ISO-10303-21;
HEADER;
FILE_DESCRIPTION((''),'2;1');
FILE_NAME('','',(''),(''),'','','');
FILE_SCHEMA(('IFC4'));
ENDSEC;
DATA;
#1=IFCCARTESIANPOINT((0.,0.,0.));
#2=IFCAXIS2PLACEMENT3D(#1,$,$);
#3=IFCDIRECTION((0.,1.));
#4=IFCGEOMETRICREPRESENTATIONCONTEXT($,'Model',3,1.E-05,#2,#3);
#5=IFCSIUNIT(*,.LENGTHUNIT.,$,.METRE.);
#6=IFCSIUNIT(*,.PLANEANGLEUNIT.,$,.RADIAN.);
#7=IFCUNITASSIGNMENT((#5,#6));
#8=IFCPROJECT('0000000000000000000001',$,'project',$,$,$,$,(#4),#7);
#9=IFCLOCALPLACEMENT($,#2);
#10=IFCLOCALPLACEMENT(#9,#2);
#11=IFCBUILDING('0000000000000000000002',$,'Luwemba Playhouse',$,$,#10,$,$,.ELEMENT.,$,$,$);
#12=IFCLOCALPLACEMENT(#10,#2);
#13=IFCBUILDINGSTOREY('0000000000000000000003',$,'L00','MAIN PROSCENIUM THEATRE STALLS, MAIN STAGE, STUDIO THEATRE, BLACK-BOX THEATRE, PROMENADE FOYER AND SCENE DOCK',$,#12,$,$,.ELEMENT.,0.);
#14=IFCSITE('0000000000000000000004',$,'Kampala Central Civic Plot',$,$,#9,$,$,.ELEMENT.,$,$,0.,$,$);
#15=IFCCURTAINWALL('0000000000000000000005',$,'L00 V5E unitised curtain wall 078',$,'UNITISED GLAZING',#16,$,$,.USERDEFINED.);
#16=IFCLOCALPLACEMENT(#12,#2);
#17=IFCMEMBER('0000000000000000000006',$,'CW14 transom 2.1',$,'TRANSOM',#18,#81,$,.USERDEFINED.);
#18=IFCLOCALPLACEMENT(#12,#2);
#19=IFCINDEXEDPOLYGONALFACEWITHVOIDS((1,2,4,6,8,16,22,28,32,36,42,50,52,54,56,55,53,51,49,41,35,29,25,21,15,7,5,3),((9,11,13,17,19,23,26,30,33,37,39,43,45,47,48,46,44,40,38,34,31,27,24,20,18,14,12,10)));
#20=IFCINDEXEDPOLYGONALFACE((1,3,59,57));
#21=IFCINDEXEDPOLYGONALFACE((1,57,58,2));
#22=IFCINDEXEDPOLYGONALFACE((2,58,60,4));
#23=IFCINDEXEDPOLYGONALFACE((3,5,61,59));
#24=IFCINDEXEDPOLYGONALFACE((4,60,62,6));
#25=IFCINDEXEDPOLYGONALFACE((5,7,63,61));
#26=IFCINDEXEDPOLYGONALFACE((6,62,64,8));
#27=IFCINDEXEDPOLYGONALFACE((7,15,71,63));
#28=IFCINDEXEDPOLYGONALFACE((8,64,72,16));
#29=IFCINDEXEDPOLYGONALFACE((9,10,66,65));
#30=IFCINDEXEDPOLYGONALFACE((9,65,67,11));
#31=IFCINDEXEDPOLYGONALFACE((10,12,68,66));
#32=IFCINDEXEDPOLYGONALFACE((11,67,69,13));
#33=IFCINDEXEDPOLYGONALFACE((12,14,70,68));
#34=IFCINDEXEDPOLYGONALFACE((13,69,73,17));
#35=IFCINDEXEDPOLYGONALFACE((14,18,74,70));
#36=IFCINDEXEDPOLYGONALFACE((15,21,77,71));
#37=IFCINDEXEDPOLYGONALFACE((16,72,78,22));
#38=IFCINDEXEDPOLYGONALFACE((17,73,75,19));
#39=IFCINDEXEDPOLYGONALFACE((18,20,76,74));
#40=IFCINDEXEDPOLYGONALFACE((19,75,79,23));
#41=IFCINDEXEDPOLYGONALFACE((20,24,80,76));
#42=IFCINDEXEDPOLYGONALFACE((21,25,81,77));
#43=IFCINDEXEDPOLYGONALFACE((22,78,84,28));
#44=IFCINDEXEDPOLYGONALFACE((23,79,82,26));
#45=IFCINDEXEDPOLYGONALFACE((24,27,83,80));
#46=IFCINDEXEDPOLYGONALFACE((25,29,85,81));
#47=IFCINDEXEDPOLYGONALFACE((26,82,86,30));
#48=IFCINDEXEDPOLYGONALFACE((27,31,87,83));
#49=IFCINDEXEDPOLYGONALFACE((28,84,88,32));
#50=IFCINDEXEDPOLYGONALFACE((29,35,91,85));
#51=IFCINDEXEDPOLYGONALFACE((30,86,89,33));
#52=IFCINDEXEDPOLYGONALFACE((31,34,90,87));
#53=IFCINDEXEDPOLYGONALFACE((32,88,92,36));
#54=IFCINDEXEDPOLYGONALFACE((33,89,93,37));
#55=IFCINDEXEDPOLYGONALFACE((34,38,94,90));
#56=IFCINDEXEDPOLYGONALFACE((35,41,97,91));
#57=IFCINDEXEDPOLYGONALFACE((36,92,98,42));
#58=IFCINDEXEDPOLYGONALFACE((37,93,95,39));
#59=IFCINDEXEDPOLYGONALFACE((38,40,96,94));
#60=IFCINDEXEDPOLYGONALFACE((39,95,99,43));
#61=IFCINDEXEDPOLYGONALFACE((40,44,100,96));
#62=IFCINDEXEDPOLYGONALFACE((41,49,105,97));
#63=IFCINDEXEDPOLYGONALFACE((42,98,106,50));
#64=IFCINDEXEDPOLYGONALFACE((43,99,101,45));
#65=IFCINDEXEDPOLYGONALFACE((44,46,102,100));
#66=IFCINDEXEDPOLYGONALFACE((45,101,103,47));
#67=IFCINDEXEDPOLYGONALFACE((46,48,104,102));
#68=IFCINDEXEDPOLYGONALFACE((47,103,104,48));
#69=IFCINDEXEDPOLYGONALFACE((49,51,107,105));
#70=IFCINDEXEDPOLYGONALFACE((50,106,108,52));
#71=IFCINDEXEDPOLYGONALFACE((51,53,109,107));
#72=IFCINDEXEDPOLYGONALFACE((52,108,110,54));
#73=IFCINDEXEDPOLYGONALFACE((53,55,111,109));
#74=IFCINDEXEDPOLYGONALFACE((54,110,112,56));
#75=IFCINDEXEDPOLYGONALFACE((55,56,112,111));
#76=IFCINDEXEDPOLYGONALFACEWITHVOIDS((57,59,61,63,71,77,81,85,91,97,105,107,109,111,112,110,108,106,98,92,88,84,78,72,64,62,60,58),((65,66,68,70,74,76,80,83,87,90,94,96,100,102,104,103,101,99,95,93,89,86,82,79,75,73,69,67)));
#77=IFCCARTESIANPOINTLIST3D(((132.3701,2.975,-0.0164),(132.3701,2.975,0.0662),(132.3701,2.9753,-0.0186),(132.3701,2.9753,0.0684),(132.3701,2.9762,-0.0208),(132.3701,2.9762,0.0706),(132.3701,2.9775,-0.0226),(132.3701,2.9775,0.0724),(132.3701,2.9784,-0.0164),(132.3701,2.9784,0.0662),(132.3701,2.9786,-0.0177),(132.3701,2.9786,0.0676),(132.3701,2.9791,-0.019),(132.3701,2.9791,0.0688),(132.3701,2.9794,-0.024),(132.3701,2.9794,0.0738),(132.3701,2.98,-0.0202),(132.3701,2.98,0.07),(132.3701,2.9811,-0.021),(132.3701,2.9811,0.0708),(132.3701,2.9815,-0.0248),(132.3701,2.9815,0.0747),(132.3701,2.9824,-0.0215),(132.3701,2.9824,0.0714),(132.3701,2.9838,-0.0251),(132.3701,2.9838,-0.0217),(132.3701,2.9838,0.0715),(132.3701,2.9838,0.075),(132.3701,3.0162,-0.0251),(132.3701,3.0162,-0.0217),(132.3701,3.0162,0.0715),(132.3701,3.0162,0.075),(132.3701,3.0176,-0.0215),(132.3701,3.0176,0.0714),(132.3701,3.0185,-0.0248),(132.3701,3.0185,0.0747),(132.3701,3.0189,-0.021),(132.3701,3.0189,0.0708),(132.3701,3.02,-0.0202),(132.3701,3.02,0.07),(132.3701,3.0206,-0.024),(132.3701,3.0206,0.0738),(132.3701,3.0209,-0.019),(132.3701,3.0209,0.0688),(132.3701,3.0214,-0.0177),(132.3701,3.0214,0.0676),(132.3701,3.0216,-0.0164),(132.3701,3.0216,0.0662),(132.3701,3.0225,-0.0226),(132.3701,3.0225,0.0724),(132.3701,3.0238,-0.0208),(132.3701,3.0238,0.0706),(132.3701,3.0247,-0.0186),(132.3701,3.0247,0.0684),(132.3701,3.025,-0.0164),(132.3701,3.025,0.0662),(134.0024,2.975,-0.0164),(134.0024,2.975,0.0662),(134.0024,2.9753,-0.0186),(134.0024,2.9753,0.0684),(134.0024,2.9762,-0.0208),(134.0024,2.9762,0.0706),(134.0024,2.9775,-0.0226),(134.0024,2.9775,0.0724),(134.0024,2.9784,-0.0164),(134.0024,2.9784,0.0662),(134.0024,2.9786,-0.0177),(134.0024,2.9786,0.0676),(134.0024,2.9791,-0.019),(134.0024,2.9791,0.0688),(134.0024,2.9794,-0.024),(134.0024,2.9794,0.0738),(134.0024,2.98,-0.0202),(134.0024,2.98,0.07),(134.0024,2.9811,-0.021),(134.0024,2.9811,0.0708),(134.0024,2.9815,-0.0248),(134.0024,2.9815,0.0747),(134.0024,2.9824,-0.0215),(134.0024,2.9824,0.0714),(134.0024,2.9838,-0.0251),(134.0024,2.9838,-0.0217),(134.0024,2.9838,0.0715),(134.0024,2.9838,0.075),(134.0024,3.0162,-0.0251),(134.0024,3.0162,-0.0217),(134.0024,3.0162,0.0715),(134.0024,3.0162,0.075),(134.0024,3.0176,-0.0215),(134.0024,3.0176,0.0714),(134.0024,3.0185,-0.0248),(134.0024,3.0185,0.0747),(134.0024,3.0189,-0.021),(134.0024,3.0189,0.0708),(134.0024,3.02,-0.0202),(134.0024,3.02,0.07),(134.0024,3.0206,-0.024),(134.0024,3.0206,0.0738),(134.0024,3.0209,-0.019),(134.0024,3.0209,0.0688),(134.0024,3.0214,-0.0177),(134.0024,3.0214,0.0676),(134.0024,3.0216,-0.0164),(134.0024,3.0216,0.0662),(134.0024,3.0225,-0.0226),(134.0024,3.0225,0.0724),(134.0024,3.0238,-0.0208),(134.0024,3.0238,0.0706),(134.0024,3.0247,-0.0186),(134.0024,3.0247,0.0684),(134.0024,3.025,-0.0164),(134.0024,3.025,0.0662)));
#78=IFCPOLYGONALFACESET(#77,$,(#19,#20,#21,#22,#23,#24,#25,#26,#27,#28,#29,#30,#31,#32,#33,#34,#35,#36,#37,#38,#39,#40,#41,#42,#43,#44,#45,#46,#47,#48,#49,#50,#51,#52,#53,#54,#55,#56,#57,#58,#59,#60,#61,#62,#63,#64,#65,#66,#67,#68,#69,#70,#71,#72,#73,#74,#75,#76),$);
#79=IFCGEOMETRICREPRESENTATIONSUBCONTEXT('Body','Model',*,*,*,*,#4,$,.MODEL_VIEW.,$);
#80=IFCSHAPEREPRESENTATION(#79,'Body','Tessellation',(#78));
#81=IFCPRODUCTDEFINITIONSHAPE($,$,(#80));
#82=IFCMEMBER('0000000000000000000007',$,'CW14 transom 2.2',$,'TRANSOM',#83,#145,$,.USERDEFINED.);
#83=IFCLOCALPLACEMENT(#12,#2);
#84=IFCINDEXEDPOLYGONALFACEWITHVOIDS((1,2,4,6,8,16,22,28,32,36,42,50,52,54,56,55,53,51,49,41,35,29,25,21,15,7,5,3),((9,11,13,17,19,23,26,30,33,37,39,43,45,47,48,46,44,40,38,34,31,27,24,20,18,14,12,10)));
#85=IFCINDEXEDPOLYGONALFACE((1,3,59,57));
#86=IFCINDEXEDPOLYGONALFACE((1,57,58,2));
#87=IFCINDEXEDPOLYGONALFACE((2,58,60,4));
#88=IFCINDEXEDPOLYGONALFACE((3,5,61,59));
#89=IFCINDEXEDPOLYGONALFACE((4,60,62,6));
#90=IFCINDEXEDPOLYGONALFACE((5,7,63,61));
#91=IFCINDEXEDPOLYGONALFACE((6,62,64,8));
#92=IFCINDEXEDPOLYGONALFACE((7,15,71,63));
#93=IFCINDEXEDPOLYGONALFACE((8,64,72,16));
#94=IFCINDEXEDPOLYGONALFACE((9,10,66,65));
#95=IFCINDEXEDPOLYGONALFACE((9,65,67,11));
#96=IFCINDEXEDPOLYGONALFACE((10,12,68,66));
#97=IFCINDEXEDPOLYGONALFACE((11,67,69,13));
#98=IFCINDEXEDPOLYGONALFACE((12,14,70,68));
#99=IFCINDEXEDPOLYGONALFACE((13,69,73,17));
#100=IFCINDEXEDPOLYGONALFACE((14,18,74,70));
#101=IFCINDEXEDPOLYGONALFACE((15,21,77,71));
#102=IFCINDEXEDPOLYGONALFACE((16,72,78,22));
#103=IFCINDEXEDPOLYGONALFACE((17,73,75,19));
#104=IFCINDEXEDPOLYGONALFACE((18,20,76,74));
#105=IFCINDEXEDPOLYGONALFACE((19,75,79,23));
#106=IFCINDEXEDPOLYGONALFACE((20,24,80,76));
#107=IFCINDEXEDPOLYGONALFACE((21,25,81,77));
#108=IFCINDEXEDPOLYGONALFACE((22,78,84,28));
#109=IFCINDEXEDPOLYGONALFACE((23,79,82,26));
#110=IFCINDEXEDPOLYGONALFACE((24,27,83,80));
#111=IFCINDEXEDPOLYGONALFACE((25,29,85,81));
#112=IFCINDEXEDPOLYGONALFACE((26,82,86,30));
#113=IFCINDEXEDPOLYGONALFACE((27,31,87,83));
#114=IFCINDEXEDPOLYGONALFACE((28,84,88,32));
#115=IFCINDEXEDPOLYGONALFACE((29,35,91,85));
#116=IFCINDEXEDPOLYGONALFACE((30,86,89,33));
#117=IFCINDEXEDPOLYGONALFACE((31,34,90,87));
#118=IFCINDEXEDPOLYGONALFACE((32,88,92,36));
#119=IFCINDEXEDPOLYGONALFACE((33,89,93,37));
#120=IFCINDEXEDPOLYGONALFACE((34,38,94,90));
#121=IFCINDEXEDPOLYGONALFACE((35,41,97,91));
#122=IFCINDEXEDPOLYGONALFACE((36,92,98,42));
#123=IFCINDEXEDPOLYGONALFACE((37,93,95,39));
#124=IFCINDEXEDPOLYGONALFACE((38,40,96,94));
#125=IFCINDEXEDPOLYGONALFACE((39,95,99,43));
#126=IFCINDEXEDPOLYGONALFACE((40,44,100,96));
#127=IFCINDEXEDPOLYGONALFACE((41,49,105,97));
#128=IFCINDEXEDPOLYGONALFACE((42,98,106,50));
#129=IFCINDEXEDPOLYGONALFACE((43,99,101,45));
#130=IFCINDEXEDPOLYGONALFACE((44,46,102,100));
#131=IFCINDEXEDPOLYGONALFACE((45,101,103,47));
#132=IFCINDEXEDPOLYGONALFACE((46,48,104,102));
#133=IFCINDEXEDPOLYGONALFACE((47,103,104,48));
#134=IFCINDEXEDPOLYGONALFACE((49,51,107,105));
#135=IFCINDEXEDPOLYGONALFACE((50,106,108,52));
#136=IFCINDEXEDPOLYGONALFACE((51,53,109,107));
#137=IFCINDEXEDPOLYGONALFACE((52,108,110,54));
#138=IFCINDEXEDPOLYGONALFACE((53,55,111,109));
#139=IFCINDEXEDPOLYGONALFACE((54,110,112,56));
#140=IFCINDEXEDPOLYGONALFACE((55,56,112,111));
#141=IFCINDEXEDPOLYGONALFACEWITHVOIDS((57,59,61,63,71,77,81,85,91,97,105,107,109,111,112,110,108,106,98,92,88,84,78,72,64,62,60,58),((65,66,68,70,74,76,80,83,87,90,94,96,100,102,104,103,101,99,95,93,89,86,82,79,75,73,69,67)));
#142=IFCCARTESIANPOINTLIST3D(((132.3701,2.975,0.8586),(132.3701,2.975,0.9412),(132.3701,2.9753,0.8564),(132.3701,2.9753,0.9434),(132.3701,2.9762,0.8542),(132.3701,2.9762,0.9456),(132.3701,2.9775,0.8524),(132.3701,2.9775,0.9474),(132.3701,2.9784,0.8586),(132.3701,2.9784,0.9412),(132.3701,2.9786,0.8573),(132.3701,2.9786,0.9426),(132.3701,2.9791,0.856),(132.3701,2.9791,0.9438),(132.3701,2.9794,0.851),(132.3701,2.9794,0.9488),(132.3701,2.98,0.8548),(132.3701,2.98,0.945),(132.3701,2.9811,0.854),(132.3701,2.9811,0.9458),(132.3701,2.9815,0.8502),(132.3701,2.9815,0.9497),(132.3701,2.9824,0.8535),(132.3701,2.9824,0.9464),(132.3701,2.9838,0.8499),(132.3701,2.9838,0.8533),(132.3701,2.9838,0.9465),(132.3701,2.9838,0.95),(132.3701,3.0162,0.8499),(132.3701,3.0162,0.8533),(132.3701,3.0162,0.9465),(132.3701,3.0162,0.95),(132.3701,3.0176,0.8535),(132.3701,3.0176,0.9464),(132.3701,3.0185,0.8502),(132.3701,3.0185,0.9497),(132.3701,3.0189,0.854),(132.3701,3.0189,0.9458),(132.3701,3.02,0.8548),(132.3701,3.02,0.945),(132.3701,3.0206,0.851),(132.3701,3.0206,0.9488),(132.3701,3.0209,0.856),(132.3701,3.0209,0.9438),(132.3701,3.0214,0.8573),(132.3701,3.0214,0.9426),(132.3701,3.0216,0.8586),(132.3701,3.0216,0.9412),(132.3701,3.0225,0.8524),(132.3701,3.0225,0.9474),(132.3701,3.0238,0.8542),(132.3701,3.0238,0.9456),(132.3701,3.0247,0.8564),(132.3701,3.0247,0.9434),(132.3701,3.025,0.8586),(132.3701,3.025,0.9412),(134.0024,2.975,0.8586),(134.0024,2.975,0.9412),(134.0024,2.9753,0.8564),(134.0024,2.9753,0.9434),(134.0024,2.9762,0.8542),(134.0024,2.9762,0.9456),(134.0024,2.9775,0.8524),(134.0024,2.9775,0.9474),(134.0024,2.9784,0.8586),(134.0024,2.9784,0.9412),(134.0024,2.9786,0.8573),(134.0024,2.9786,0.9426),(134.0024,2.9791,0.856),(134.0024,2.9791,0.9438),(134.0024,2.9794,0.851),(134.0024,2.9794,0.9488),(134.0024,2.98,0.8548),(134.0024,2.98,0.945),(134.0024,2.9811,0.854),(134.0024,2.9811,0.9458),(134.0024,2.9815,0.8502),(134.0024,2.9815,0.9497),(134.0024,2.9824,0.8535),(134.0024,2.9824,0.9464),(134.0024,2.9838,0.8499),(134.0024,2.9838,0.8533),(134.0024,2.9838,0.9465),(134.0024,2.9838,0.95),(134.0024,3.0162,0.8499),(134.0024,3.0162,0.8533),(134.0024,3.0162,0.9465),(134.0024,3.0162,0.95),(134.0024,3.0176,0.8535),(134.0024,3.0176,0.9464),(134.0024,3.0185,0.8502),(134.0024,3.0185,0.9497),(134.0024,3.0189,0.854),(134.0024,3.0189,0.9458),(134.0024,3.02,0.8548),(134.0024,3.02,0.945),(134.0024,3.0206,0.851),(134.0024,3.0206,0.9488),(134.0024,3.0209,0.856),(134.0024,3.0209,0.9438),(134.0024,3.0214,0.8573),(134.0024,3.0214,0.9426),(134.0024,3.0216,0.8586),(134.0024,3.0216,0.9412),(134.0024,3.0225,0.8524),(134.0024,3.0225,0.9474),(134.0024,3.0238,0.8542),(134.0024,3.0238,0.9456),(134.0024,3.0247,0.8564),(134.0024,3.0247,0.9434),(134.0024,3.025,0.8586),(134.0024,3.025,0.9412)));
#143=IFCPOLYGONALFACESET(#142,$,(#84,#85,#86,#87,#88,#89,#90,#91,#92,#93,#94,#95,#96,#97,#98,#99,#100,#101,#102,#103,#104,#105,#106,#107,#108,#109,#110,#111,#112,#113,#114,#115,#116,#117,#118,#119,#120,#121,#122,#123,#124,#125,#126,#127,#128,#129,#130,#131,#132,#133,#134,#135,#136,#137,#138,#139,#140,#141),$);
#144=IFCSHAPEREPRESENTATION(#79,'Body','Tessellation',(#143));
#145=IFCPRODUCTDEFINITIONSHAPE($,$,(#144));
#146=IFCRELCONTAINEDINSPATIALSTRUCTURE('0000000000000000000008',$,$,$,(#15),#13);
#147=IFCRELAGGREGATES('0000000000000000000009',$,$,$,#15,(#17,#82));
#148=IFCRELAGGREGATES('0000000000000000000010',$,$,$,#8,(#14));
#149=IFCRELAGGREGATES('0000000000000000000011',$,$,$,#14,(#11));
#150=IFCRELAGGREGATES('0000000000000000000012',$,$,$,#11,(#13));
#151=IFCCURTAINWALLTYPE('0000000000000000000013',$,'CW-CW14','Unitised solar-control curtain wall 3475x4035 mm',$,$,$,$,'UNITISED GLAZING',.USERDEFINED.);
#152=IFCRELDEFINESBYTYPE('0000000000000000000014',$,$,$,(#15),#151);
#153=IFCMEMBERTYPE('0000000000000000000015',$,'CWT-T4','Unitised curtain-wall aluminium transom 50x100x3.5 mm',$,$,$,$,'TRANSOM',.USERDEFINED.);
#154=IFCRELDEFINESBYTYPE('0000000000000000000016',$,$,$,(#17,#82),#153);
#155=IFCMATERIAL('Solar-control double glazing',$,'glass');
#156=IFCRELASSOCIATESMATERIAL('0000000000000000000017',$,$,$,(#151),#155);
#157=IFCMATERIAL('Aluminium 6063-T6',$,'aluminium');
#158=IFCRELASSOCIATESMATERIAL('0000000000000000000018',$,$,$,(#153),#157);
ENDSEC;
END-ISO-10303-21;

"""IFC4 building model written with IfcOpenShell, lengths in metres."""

from ifc_helpers import new_model, si_unit, direction, frame, origin, origin_2d, place, context, subcontext, project, spatial, hollow_rectangle, extrude, material, material_profile, profile_set, type_object, element, aggregate, save


model = new_model("IFC4")

# Units and contexts
model_context = context("Model", 3, precision=1e-05, world=origin(), true_north=direction((0.0, 1.0)))
body_context = subcontext(model_context, "Body", "Model", "MODEL_VIEW")
ifc_project = project(units=[si_unit("LENGTHUNIT", "METRE"), si_unit("PLANEANGLEUNIT", "RADIAN")], contexts=[model_context])

# Site, building, storey
site_placement = place(None, origin())
site = spatial("IfcSite", under=ifc_project, at=site_placement, Name="Kampala Central Civic Plot", CompositionType="ELEMENT", RefElevation=0.0)
building_placement = place(site_placement, origin())
building = spatial("IfcBuilding", under=site, at=building_placement, Name="Luwemba Playhouse", CompositionType="ELEMENT")
storey_placement = place(building_placement, origin())
storey = spatial("IfcBuildingStorey", under=building, at=storey_placement, Name="L00", Description="MAIN PROSCENIUM THEATRE STALLS, MAIN STAGE, STUDIO THEATRE, BLACK-BOX THEATRE, PROMENADE FOYER AND SCENE DOCK", CompositionType="ELEMENT", Elevation=0.0)

# Shared definitions
ifc_material_1 = material(Name="Solar-control double glazing", Category="glass")
ifc_material_2 = material(Name="Aluminium 6063-T6", Category="aluminium")

# Curtain wall
curtain_wall_type_1 = type_object("IfcCurtainWallType", Name="CW-CW14", Description="Unitised solar-control curtain wall 3475x4035 mm", ElementType="UNITISED GLAZING", PredefinedType="USERDEFINED", material=ifc_material_1)
curtain_wall_1_placement = place(storey_placement, origin())
curtain_wall_1 = element("IfcCurtainWall", 1, at=curtain_wall_1_placement, inside=storey, type_object=curtain_wall_type_1, Name="L00 V5E unitised curtain wall 078", ObjectType="UNITISED GLAZING", PredefinedType="USERDEFINED")

# Members
ifc_material_profile_1 = material_profile(ifc_material_2, hollow_rectangle(XDim=0.05, YDim=0.1001, WallThickness=0.0034, InnerFilletRadius=0.0054, OuterFilletRadius=0.0088, at=origin_2d()))
ifc_profile_set_1 = profile_set([ifc_material_profile_1], Name="Aluminium 6063-T6")
member_type_1 = type_object("IfcMemberType", Name="CWT-T4", Description="Unitised curtain-wall aluminium transom 50x100x3.5 mm", ElementType="TRANSOM", PredefinedType="USERDEFINED", material=ifc_profile_set_1)
member_1_placement = place(storey_placement, frame((134.0024, 3.0, 0.0249), z_axis=(-1.0, 0.0, 0.0), x_axis=(0.0, -1.0, 0.0)))
member_1 = element("IfcMember", 2, at=member_1_placement, type_object=member_type_1, Name="CW14 transom 2.1", ObjectType="TRANSOM", PredefinedType="USERDEFINED", context=body_context, shape_type="SweptSolid", body=[
    extrude(hollow_rectangle(XDim=0.05, YDim=0.1001, WallThickness=0.0034, InnerFilletRadius=0.0054, OuterFilletRadius=0.0088, at=origin_2d()), origin(), (0.0, 0.0, 1.0), 1.6323),
])
member_2_placement = place(storey_placement, frame((134.0024, 3.0, 0.8999), z_axis=(-1.0, 0.0, 0.0), x_axis=(0.0, -1.0, 0.0)))
member_2 = element("IfcMember", 3, at=member_2_placement, type_object=member_type_1, Name="CW14 transom 2.2", ObjectType="TRANSOM", PredefinedType="USERDEFINED", context=body_context, shape_type="SweptSolid", body=[
    extrude(hollow_rectangle(XDim=0.05, YDim=0.1001, WallThickness=0.0034, InnerFilletRadius=0.0054, OuterFilletRadius=0.0088, at=origin_2d()), origin(), (0.0, 0.0, 1.0), 1.6323),
])

aggregate(curtain_wall_1, [member_1, member_2])

save(model, "model.ifc")
